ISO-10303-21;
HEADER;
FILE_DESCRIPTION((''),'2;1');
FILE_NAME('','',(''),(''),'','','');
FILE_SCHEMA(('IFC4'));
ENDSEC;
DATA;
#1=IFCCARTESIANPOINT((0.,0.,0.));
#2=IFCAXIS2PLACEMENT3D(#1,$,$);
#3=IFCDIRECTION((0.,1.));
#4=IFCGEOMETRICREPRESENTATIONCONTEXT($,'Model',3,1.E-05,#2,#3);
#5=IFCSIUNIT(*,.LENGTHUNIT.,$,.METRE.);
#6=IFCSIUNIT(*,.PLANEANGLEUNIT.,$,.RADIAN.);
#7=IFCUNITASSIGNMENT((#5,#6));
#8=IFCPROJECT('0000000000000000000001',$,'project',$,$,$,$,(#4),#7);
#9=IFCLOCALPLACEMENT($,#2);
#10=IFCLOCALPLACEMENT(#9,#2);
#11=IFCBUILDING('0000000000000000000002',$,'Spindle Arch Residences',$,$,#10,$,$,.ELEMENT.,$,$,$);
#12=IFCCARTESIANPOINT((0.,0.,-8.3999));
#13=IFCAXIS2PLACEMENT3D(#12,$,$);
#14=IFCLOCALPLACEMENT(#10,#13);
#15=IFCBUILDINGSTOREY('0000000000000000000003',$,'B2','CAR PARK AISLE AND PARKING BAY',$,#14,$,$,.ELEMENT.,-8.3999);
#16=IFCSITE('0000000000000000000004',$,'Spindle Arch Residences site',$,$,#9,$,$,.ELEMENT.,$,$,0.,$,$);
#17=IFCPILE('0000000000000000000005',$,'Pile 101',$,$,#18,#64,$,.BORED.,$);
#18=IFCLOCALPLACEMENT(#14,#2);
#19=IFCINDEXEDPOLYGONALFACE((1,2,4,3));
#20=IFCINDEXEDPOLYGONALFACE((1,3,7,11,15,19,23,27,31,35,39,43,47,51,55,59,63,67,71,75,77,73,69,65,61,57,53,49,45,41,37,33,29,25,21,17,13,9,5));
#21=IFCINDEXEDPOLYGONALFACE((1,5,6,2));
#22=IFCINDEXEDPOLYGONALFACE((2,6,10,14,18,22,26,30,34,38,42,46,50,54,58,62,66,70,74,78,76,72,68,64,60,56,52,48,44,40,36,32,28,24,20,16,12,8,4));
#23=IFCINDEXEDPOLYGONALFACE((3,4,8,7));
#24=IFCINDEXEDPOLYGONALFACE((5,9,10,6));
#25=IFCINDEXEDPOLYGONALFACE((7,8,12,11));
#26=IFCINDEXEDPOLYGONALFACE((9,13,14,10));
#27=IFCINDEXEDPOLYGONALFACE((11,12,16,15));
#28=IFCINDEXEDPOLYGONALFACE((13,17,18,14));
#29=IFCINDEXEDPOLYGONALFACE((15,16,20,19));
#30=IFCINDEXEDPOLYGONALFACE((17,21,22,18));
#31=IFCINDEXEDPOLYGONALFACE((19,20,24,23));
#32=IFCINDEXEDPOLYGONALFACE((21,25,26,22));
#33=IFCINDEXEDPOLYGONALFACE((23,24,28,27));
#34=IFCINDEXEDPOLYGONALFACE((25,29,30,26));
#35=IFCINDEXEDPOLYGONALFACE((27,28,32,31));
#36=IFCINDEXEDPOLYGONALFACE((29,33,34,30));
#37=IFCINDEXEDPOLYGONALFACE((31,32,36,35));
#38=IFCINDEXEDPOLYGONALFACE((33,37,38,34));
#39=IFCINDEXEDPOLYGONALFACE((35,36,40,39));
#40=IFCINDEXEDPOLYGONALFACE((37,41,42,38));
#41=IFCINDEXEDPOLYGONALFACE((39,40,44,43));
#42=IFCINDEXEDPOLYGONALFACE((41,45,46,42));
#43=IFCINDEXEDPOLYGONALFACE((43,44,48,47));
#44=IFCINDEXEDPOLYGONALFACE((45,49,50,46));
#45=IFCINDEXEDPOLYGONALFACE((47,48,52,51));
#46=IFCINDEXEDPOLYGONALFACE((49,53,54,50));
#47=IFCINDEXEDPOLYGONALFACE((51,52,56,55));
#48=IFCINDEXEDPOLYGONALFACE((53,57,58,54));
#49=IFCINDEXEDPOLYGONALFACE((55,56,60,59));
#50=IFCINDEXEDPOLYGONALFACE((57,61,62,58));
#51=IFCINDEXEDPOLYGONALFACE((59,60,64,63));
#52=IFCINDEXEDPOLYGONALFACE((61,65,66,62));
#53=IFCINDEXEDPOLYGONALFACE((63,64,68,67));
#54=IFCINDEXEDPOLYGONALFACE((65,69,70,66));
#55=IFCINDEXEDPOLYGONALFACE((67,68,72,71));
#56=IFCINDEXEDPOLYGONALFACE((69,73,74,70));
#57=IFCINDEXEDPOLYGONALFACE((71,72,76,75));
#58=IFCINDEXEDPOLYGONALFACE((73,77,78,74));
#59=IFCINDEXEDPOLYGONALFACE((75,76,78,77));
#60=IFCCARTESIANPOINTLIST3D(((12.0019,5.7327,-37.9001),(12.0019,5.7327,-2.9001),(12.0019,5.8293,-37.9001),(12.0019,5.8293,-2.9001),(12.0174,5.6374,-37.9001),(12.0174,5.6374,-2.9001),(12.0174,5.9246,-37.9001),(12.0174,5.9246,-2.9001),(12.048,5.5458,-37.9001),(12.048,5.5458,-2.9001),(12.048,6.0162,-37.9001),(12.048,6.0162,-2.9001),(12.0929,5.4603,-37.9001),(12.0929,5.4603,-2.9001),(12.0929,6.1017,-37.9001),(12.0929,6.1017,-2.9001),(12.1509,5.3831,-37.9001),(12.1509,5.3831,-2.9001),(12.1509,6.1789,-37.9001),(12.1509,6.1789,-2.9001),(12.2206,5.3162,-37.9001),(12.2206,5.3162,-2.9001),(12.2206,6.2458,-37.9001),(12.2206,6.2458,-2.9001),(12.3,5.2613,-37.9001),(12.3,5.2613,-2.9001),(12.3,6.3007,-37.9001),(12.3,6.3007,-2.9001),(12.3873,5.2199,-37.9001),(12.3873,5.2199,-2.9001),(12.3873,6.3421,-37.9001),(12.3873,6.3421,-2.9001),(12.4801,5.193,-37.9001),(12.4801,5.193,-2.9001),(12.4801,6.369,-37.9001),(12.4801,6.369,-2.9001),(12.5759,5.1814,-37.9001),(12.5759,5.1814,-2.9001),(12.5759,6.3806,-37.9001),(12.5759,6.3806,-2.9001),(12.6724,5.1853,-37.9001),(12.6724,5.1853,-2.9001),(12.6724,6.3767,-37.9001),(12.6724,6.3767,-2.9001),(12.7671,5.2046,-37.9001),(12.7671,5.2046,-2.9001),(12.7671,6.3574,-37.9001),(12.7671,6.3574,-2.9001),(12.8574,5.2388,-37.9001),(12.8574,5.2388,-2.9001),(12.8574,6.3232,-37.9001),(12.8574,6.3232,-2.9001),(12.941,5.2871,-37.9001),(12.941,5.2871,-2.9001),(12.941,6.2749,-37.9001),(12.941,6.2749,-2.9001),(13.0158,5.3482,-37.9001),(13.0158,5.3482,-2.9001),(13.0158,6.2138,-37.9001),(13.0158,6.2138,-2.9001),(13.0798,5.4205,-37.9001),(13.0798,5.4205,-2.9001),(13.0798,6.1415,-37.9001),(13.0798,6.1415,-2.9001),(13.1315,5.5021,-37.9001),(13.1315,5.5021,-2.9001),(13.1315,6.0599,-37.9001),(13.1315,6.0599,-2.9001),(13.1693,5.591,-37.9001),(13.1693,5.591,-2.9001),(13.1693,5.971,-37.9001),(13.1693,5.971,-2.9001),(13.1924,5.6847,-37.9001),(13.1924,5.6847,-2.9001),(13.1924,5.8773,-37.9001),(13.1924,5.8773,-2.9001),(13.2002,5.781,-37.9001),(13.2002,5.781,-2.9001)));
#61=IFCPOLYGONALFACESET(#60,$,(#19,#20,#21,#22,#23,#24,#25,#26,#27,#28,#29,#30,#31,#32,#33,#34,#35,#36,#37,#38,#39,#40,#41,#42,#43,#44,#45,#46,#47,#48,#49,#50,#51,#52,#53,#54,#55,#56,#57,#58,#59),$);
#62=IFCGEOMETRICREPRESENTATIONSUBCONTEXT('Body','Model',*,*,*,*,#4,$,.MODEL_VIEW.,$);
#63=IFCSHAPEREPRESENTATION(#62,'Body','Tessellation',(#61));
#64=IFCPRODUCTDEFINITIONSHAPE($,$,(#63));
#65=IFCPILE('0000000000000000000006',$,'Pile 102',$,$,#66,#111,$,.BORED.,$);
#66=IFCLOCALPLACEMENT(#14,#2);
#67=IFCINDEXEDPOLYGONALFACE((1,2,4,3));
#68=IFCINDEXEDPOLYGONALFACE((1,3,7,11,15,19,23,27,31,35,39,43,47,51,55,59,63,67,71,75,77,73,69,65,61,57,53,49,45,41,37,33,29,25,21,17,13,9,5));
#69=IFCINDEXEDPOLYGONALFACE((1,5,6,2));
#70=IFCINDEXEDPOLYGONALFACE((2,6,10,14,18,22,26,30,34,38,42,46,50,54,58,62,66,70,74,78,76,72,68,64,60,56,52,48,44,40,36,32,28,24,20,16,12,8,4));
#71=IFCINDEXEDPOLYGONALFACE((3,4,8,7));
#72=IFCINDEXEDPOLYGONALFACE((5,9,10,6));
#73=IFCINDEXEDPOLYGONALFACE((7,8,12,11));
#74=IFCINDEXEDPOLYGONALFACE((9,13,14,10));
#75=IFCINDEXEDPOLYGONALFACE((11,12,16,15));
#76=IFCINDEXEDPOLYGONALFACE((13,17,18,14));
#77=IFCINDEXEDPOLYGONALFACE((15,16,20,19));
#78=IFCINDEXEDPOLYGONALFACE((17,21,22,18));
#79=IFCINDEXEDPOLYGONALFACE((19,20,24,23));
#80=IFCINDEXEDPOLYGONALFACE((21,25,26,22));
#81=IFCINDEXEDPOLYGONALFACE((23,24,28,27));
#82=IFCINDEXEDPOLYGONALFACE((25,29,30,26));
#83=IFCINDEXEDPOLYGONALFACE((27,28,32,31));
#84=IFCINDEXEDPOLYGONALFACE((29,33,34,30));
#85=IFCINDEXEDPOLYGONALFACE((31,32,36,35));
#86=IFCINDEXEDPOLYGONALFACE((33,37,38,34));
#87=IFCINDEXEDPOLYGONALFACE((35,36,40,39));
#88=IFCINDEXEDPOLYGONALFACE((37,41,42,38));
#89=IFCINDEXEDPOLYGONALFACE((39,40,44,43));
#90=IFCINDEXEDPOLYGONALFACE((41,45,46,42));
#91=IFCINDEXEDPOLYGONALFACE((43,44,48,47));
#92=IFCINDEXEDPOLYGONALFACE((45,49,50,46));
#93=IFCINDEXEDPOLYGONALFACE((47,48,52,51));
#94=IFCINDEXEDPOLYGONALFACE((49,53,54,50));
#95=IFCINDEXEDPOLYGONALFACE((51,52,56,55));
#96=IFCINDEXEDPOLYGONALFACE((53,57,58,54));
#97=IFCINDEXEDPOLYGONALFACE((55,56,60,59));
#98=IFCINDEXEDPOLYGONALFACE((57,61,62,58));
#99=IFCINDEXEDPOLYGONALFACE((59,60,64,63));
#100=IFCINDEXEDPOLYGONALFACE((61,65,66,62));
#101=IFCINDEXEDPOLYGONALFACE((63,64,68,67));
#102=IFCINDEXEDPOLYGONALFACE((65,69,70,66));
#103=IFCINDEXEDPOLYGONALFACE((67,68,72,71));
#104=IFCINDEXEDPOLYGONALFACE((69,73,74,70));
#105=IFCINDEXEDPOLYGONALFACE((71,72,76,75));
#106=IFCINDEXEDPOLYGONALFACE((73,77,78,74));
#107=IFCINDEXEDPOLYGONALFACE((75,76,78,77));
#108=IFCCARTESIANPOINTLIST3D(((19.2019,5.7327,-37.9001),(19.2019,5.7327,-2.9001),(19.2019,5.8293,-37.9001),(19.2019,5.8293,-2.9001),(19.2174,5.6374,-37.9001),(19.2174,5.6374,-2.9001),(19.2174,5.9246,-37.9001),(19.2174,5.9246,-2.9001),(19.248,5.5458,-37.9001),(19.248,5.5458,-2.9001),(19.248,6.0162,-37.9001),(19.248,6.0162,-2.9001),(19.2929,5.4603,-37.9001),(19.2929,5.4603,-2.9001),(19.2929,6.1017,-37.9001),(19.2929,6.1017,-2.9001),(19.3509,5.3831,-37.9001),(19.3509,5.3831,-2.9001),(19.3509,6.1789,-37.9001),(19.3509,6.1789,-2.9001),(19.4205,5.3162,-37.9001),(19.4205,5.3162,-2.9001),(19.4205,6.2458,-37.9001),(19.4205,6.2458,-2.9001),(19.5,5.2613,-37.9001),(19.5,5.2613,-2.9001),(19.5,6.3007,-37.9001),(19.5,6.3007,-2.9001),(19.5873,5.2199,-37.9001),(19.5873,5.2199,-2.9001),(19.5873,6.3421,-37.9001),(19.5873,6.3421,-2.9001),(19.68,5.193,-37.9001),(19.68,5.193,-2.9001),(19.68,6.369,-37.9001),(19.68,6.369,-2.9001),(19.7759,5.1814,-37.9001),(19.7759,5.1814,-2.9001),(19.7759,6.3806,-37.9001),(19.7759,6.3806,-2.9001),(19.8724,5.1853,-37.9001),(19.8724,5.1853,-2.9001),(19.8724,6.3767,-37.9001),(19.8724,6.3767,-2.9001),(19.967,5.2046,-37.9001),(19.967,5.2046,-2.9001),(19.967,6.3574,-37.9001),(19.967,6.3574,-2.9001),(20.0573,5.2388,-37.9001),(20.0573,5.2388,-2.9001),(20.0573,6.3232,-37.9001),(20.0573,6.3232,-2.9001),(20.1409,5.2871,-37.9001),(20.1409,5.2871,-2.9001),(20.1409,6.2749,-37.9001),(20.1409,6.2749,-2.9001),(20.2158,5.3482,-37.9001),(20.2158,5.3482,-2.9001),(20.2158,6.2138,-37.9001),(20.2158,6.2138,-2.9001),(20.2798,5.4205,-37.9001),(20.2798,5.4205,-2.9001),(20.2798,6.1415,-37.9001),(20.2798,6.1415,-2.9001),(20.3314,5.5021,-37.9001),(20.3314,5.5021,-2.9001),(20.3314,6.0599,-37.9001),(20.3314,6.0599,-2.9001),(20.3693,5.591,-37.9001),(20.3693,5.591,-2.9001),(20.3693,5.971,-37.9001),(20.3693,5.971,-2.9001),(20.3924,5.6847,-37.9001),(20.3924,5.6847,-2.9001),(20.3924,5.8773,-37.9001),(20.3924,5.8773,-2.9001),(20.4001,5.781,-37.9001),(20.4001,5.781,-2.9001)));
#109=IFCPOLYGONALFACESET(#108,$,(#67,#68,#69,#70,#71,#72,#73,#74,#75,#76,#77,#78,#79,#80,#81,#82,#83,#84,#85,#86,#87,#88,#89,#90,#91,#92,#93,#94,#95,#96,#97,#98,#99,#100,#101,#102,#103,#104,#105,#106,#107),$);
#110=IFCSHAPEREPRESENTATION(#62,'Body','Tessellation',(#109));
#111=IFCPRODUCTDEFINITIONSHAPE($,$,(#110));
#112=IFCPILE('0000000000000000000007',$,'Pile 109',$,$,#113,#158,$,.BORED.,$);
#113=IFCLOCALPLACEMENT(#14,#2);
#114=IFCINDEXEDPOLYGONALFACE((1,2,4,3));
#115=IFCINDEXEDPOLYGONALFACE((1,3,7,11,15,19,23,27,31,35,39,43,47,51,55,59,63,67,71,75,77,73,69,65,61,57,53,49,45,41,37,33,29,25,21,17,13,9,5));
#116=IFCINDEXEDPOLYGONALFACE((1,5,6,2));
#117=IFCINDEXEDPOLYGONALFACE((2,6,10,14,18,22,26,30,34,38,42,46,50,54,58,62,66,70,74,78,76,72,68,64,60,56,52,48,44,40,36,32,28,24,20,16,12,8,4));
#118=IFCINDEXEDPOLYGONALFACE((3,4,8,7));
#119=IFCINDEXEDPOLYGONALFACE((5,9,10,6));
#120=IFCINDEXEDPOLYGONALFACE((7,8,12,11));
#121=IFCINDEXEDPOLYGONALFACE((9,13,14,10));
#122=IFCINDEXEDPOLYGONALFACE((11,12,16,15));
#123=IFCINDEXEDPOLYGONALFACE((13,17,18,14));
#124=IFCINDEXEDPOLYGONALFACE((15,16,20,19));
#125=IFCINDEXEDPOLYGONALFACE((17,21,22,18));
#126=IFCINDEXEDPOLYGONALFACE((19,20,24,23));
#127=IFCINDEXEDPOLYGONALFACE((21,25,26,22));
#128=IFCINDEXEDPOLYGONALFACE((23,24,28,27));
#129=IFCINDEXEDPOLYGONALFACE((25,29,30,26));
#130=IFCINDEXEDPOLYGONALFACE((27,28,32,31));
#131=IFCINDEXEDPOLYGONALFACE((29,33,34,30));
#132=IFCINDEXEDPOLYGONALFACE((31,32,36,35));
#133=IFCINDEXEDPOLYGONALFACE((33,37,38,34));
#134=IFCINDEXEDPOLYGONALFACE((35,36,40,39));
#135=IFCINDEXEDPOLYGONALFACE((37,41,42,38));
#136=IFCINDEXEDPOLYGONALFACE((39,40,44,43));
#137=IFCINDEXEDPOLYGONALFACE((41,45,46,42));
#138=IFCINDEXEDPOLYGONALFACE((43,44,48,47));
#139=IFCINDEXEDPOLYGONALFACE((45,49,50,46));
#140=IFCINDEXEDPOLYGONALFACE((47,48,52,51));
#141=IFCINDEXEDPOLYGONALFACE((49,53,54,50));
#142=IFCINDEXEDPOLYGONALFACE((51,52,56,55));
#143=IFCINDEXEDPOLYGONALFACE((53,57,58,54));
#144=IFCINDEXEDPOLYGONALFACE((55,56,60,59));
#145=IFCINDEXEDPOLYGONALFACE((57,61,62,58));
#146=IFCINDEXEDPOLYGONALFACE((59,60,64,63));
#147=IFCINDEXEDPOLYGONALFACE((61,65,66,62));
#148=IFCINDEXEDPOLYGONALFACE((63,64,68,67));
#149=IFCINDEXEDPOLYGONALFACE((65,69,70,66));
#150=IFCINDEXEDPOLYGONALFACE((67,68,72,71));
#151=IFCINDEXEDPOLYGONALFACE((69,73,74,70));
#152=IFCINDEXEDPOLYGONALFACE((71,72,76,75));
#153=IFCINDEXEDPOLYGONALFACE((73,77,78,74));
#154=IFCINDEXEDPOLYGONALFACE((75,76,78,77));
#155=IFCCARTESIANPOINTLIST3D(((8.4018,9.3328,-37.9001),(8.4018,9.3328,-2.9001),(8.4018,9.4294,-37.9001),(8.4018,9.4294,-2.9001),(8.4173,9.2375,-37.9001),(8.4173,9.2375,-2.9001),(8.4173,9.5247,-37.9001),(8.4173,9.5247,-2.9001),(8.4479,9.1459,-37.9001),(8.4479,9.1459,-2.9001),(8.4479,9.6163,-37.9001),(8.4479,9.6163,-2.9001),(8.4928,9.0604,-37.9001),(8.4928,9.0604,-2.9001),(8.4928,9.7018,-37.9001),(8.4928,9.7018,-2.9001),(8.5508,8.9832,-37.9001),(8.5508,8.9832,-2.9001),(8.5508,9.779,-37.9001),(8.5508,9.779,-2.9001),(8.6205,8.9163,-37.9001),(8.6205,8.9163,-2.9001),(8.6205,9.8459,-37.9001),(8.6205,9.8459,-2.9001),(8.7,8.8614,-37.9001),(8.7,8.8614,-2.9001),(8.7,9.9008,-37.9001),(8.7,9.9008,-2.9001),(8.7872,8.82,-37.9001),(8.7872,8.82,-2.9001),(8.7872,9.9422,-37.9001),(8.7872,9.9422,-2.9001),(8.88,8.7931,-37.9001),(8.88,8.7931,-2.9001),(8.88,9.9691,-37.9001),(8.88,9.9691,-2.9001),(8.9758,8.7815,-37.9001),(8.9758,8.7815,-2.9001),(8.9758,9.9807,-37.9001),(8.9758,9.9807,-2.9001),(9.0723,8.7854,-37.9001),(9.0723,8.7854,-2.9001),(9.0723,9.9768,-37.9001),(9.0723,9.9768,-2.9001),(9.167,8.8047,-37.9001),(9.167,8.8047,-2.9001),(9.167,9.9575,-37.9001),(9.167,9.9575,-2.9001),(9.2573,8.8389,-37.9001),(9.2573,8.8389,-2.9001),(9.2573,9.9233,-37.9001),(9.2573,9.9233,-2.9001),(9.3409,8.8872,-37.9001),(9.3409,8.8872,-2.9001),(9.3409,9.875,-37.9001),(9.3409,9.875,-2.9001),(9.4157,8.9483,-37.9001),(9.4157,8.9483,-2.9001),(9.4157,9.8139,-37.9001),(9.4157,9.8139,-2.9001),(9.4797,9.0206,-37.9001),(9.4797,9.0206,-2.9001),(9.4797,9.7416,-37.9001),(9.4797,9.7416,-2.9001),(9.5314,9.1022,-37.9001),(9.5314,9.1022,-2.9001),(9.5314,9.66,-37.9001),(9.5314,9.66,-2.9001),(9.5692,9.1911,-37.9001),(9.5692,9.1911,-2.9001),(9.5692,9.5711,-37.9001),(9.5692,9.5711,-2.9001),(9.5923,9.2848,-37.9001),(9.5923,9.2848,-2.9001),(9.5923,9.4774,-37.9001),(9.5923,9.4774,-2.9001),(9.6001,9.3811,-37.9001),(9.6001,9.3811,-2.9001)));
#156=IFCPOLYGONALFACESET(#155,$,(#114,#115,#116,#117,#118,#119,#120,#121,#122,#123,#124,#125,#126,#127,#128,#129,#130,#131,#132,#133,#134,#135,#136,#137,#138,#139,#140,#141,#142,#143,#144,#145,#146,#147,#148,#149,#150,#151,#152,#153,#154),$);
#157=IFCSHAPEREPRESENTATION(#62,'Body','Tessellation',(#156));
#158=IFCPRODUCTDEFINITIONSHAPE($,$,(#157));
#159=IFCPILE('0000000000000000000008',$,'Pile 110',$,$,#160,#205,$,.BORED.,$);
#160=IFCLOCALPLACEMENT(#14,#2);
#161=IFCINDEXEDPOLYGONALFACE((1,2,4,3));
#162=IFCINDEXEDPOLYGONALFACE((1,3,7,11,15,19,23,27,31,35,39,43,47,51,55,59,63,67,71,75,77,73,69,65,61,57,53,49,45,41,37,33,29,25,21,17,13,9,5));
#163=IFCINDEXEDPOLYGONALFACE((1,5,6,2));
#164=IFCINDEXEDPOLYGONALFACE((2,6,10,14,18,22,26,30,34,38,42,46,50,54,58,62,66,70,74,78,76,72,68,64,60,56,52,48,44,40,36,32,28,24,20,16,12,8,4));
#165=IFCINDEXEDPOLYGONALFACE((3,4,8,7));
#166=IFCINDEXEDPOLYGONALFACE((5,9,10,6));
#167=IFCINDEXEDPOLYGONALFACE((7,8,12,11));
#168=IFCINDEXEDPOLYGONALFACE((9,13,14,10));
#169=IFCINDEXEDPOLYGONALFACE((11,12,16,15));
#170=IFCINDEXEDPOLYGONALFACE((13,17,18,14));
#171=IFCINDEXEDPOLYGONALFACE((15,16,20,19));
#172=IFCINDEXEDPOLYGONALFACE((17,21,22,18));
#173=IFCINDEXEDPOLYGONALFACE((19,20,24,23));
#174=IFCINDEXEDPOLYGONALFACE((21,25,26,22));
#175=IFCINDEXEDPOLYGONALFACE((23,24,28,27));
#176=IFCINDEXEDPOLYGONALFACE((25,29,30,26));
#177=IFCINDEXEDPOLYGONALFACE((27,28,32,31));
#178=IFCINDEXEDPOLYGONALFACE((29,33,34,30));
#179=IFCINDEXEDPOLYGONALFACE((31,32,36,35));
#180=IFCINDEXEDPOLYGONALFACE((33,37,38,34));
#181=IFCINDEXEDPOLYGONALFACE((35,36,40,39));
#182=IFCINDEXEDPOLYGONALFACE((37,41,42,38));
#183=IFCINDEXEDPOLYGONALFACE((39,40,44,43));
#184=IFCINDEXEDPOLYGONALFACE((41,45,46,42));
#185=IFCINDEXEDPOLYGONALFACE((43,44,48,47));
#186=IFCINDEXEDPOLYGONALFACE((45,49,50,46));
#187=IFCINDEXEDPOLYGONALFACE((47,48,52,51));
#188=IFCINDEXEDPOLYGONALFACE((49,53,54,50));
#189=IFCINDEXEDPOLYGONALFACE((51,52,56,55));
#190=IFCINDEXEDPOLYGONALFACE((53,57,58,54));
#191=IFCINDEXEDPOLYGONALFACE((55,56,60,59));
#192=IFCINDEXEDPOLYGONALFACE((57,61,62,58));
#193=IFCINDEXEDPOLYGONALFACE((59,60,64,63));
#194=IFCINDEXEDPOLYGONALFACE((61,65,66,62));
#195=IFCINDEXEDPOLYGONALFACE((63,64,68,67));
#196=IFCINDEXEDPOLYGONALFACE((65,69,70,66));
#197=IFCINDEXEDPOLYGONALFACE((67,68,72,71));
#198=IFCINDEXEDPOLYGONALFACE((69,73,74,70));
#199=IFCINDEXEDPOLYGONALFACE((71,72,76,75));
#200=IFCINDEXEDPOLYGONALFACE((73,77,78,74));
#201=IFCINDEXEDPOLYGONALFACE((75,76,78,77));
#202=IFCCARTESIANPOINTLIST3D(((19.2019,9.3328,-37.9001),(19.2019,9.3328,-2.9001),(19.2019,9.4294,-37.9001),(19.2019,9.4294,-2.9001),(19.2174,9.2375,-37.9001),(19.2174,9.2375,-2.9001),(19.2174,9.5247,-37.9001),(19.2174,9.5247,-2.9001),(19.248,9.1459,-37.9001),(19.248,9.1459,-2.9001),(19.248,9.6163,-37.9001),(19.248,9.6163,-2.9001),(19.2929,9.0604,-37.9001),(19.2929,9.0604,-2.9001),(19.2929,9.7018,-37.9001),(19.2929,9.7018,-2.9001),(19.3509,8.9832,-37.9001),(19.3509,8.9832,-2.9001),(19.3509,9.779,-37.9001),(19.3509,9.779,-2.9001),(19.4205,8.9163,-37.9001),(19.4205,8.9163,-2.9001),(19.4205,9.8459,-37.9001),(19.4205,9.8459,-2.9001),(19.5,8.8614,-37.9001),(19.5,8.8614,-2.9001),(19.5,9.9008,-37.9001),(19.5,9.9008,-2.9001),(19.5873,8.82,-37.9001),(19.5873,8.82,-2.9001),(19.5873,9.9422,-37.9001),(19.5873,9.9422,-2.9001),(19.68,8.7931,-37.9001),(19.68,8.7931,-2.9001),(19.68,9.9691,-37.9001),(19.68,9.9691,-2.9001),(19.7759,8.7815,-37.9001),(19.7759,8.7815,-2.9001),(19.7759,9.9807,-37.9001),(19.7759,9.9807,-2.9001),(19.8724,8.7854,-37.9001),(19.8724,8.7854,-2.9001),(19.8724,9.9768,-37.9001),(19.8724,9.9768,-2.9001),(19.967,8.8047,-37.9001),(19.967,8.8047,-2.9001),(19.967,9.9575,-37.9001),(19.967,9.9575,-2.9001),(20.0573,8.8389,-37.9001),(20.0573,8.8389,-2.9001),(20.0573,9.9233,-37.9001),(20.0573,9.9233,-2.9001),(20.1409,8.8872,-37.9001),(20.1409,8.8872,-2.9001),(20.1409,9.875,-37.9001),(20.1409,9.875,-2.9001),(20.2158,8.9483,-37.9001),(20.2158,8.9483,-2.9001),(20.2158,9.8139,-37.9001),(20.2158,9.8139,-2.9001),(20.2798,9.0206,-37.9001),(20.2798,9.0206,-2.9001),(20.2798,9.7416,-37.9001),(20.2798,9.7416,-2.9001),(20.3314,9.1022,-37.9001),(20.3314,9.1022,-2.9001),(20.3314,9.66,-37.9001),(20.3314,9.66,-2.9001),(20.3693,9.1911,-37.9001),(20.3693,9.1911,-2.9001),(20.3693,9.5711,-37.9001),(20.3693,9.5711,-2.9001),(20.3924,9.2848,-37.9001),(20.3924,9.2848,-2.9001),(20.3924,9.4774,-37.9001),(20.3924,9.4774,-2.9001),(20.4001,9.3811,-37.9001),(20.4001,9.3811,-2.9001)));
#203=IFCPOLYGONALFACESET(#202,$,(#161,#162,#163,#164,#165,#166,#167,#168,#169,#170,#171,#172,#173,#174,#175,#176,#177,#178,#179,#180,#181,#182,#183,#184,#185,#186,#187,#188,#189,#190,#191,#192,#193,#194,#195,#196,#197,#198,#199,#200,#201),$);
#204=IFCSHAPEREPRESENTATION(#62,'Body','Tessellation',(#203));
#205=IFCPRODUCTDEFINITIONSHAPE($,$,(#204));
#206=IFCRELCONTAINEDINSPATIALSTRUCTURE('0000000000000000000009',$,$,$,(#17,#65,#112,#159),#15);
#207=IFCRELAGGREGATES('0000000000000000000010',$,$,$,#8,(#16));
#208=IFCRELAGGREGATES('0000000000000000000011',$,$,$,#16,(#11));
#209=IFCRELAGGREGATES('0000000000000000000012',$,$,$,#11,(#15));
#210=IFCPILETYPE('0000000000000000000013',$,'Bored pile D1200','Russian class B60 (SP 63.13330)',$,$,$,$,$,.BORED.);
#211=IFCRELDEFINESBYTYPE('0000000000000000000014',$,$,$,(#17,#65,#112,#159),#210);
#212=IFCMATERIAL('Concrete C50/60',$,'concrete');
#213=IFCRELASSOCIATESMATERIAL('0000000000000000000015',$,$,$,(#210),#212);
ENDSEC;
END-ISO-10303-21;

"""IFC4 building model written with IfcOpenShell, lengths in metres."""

from ifc_helpers import new_model, si_unit, direction, frame, origin, origin_2d, place, context, subcontext, project, spatial, circle, extrude, material, material_profile, profile_set, type_object, element, save


model = new_model("IFC4")

# Units and contexts
model_context = context("Model", 3, precision=1e-05, world=origin(), true_north=direction((0.0, 1.0)))
body_context = subcontext(model_context, "Body", "Model", "MODEL_VIEW")
ifc_project = project(units=[si_unit("LENGTHUNIT", "METRE"), si_unit("PLANEANGLEUNIT", "RADIAN")], contexts=[model_context])

# Site, building, storey
site_placement = place(None, origin())
site = spatial("IfcSite", under=ifc_project, at=site_placement, Name="Spindle Arch Residences site", CompositionType="ELEMENT", RefElevation=0.0)
building_placement = place(site_placement, origin())
building = spatial("IfcBuilding", under=site, at=building_placement, Name="Spindle Arch Residences", CompositionType="ELEMENT")
storey_placement = place(building_placement, frame((0.0, 0.0, -8.3999)))
storey = spatial("IfcBuildingStorey", under=building, at=storey_placement, Name="B2", Description="CAR PARK AISLE AND PARKING BAY", CompositionType="ELEMENT", Elevation=-8.3999)

# Piles
ifc_material_1 = material(Name="Concrete C50/60", Category="concrete")
ifc_material_profile_1 = material_profile(ifc_material_1, circle(Radius=0.6001, at=origin_2d()), Name="BP D1200")
ifc_profile_set_1 = profile_set([ifc_material_profile_1], Name="Concrete C50/60")
pile_type = type_object("IfcPileType", Name="Bored pile D1200", Description="Russian class B60 (SP 63.13330)", PredefinedType="BORED", material=ifc_profile_set_1)
for number, where, z_axis, x_axis, name in (
    (1, (12.6001, 5.781, -2.9001), (0.0, 0.0, -1.0), (1.0, 0.0, 0.0), "Pile 101"),
    (2, (19.8, 5.781, -2.9001), (0.0, 0.0, -1.0), (1.0, 0.0, 0.0), "Pile 102"),
    (3, (9.0, 9.3811, -2.9001), (0.0, 0.0, -1.0), (1.0, 0.0, 0.0), "Pile 109"),
    (4, (19.8, 9.3811, -2.9001), (0.0, 0.0, -1.0), (1.0, 0.0, 0.0), "Pile 110"),
):
    element("IfcPile", number, at=place(storey_placement, frame(where, z_axis=z_axis, x_axis=x_axis)), inside=storey, type_object=pile_type, Name=name, PredefinedType="BORED", context=body_context, shape_type="SweptSolid", body=[
        extrude(circle(Radius=0.6001, at=origin_2d()), origin(), (0.0, 0.0, 1.0), 35.0),
    ])

save(model, "model.ifc")
